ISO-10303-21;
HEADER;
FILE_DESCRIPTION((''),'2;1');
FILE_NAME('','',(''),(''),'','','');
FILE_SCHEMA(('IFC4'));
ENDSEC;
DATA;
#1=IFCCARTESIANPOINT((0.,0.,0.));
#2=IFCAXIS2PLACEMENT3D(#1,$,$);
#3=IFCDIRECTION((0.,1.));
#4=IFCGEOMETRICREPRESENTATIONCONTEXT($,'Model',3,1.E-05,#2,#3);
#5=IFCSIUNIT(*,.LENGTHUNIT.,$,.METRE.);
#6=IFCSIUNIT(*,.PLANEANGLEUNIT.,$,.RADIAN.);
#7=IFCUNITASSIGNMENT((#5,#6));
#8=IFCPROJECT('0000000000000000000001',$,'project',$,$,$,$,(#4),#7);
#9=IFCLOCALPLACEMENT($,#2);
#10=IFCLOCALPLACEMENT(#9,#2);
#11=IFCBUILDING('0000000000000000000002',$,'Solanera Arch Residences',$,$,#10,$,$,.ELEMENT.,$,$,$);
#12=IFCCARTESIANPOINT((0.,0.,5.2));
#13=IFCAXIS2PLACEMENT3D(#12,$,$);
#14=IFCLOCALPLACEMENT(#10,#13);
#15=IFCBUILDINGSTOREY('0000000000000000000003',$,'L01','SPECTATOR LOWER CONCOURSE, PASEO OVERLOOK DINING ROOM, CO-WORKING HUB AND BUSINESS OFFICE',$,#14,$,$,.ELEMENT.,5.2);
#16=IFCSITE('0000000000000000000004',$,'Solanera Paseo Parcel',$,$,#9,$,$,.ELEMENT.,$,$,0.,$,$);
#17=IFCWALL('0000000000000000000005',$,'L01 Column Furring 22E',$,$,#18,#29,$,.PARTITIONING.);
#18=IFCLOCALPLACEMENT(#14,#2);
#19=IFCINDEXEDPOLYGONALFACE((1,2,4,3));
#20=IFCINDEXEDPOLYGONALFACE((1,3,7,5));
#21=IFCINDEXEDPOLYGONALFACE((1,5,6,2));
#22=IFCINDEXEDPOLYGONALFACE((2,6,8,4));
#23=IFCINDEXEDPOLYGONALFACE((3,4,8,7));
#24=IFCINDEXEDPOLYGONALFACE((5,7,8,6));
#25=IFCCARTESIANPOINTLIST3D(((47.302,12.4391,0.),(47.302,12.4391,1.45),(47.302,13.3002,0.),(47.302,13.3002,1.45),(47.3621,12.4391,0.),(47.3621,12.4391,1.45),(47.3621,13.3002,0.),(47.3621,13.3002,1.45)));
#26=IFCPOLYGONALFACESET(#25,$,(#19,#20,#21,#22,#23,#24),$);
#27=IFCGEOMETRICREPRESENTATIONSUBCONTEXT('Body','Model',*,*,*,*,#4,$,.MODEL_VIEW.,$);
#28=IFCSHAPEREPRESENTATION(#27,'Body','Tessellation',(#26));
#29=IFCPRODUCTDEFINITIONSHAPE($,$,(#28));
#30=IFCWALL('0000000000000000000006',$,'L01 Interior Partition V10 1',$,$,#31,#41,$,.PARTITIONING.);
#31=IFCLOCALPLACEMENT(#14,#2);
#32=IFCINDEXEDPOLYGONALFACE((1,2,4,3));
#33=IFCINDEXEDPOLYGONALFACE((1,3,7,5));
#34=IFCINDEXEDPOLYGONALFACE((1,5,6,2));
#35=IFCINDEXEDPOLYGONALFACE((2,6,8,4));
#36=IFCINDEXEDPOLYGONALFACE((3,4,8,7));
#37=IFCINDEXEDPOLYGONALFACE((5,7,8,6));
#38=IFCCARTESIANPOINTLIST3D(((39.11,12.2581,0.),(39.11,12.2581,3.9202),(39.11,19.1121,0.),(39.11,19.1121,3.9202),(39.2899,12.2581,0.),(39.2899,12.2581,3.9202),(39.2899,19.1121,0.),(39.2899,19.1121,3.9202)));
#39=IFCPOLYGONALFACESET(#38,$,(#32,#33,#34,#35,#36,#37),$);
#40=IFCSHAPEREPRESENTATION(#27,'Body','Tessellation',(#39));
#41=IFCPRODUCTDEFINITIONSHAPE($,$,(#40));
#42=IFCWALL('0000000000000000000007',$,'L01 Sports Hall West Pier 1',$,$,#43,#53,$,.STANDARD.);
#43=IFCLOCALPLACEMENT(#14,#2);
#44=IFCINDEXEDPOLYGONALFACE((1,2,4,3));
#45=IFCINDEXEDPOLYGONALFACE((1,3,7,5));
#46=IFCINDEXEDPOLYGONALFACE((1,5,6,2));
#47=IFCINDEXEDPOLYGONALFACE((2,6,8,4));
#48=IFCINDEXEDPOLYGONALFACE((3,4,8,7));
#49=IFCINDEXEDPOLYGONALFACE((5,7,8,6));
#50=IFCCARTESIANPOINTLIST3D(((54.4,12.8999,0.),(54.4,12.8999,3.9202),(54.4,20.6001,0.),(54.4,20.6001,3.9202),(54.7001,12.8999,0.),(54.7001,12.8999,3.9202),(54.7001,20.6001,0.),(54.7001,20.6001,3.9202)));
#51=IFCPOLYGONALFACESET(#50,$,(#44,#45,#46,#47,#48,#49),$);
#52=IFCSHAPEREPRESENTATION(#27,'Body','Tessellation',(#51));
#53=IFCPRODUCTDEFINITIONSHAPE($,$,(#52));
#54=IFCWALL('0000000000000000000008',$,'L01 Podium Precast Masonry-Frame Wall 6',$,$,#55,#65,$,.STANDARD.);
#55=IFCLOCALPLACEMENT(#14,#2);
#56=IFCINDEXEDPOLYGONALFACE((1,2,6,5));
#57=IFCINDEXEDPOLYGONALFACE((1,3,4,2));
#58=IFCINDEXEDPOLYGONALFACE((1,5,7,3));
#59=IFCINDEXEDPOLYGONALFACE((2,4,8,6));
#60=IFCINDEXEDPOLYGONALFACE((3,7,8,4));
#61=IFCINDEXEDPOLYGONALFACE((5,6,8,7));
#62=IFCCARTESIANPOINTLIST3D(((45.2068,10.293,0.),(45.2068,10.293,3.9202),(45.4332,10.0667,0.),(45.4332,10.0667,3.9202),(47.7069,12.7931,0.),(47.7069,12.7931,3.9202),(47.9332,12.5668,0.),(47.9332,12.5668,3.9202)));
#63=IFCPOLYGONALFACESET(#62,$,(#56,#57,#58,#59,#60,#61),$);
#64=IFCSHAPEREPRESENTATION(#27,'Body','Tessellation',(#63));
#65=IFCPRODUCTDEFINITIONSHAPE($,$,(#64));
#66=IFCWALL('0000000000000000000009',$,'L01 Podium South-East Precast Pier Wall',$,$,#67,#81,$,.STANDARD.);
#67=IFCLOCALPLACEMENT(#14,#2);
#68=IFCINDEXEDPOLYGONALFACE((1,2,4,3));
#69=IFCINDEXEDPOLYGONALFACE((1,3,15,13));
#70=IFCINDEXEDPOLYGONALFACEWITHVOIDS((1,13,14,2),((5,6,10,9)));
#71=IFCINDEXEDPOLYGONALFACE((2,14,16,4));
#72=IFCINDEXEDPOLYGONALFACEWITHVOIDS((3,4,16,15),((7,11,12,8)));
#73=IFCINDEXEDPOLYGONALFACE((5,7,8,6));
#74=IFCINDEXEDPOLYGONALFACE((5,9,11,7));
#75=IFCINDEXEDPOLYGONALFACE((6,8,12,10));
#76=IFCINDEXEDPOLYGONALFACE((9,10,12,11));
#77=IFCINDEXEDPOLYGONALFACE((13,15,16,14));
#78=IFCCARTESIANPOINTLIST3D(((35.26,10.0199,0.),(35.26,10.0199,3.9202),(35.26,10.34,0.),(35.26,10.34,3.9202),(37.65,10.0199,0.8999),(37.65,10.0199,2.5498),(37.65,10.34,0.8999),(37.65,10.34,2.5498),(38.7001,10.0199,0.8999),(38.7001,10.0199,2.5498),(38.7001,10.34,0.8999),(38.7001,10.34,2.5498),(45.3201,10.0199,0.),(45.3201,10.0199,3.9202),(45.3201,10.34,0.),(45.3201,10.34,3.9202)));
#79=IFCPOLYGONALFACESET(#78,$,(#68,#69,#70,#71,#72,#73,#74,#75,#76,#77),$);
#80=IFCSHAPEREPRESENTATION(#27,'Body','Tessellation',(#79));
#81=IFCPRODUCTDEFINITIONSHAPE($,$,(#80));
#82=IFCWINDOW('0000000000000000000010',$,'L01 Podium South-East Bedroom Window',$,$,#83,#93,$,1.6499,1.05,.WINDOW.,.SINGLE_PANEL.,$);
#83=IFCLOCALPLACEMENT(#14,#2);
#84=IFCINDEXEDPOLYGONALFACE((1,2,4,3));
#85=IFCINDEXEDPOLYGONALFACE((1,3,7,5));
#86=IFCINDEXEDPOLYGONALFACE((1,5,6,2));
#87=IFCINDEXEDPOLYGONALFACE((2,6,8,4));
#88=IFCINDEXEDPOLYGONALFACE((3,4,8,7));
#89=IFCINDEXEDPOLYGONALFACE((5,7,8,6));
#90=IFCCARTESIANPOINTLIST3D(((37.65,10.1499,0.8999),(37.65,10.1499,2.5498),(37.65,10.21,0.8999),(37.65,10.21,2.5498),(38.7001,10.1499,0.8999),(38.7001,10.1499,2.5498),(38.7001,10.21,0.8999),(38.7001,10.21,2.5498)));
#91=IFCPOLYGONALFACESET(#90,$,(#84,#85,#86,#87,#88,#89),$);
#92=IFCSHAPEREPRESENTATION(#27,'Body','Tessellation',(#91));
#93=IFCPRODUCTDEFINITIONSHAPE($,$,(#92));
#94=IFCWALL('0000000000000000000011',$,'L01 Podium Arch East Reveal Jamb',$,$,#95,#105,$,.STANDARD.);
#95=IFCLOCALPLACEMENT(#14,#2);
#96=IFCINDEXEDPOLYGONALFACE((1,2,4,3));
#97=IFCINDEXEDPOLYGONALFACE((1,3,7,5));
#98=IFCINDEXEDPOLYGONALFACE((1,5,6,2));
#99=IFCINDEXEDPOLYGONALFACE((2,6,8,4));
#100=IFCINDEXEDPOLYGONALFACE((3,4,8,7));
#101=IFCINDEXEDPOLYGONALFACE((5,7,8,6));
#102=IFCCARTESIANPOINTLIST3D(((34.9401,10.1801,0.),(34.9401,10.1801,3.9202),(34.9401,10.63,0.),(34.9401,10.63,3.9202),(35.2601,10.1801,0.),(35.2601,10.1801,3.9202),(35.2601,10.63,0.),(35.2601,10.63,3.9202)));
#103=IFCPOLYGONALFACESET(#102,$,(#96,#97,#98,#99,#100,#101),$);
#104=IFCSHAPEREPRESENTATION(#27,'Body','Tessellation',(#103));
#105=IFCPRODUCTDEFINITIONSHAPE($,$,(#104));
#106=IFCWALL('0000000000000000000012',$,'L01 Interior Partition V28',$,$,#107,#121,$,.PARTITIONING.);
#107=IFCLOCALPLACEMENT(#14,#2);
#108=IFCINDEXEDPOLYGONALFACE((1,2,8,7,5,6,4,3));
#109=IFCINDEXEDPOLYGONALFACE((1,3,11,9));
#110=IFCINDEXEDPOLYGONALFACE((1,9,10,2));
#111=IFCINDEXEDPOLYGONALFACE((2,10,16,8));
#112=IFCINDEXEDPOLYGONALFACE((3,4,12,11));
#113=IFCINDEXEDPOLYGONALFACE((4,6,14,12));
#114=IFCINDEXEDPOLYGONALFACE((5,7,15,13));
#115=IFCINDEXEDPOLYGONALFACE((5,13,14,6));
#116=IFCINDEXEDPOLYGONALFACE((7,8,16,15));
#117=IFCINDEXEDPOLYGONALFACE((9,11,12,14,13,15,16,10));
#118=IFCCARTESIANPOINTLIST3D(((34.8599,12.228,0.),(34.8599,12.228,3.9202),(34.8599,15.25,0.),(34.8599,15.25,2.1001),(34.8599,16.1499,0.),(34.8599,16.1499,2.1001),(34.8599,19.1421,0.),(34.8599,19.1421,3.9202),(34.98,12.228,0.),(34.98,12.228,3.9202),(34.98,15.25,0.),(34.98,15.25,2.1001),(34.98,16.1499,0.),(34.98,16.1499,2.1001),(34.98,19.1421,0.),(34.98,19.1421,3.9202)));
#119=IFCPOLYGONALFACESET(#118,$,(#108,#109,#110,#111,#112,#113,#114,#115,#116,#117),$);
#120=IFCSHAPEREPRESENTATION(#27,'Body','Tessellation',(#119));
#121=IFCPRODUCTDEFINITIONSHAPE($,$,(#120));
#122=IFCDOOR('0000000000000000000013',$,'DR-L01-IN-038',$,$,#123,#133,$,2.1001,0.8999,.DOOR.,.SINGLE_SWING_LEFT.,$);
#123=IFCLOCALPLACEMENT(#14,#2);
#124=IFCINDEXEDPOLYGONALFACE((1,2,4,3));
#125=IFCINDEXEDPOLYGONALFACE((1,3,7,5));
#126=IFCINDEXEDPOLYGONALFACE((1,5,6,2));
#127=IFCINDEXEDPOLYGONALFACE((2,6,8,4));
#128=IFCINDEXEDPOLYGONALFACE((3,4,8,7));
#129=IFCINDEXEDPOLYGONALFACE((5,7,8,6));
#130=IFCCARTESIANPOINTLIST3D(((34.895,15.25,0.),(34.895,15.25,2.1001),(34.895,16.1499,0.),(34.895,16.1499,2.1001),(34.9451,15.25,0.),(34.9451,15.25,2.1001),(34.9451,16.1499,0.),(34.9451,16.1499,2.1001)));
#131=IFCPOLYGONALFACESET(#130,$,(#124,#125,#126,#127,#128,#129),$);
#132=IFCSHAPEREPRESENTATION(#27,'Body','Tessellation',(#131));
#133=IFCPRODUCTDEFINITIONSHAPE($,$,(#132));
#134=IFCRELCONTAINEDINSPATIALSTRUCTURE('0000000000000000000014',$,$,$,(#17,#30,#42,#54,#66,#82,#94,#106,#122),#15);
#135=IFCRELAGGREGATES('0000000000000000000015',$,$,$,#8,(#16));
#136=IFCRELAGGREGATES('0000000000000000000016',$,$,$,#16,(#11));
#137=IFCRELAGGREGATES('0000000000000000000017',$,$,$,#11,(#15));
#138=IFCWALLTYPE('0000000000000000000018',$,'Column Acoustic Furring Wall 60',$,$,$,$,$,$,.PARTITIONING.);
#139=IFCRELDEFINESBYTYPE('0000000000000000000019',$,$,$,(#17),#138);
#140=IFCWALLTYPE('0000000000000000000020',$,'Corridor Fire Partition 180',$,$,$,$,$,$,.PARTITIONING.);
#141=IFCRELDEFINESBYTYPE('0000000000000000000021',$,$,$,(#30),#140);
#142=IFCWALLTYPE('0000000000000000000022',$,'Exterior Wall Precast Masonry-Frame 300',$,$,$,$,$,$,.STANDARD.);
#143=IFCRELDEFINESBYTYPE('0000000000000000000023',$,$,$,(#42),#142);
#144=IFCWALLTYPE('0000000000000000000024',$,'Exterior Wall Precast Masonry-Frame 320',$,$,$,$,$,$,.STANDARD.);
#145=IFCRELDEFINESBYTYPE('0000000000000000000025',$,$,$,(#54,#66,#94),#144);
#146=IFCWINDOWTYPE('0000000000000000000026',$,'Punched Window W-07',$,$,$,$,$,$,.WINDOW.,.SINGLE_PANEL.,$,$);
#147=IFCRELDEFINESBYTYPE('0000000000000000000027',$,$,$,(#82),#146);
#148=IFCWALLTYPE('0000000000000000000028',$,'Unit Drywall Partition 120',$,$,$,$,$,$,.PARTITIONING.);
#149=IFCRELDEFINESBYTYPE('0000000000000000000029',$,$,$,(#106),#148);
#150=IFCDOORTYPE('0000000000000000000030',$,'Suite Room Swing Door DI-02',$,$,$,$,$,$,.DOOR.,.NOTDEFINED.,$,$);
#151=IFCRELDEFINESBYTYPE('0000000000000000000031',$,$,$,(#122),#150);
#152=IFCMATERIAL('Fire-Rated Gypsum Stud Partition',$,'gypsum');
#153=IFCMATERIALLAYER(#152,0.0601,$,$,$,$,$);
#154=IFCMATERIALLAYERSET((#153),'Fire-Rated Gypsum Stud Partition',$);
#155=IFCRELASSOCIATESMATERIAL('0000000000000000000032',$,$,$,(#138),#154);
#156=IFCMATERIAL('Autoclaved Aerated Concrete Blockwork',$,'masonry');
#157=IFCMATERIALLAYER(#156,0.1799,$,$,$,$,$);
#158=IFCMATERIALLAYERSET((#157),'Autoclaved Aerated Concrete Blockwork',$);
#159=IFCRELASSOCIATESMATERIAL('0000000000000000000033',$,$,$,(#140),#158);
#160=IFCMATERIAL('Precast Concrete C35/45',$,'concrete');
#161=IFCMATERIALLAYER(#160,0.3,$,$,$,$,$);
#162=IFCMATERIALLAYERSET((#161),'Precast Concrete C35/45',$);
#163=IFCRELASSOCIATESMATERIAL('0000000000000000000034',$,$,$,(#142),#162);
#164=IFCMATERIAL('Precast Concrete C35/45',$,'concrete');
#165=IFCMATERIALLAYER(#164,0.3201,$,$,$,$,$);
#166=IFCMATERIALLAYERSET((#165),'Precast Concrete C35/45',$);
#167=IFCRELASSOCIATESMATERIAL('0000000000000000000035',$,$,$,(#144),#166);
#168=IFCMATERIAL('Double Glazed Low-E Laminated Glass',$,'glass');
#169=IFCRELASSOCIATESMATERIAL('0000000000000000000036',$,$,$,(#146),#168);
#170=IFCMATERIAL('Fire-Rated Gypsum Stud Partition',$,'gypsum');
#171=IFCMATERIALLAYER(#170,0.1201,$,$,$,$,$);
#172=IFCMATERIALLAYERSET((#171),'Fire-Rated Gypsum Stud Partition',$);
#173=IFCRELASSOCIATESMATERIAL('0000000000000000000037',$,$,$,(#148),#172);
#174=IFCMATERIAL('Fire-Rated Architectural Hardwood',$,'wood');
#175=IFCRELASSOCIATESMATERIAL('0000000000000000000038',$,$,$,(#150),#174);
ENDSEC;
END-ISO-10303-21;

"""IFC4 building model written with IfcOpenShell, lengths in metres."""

from ifc_helpers import new_model, si_unit, direction, frame, frame_2d, origin, place, context, subcontext, project, spatial, rectangle, extrude, material, layer, layer_set, type_object, element, fill, save


model = new_model("IFC4")

# Units and contexts
model_context = context("Model", 3, precision=1e-05, world=origin(), true_north=direction((0.0, 1.0)))
body_context = subcontext(model_context, "Body", "Model", "MODEL_VIEW")
ifc_project = project(units=[si_unit("LENGTHUNIT", "METRE"), si_unit("PLANEANGLEUNIT", "RADIAN")], contexts=[model_context])

# Site, building, storey
site_placement = place(None, origin())
site = spatial("IfcSite", under=ifc_project, at=site_placement, Name="Solanera Paseo Parcel", CompositionType="ELEMENT", RefElevation=0.0)
building_placement = place(site_placement, origin())
building = spatial("IfcBuilding", under=site, at=building_placement, Name="Solanera Arch Residences", CompositionType="ELEMENT")
storey_placement = place(building_placement, frame((0.0, 0.0, 5.2)))
storey = spatial("IfcBuildingStorey", under=building, at=storey_placement, Name="L01", Description="SPECTATOR LOWER CONCOURSE, PASEO OVERLOOK DINING ROOM, CO-WORKING HUB AND BUSINESS OFFICE", CompositionType="ELEMENT", Elevation=5.2)

# Walls
ifc_material_1 = material(Name="Fire-Rated Gypsum Stud Partition", Category="gypsum")
ifc_layer_1 = layer(ifc_material_1, 0.0601)
ifc_layer_set_1 = layer_set([ifc_layer_1], Name="Fire-Rated Gypsum Stud Partition")
wall_type_1 = type_object("IfcWallType", Name="Column Acoustic Furring Wall 60", PredefinedType="PARTITIONING", material=ifc_layer_set_1)
wall_1_placement = place(storey_placement, frame((47.332, 12.439, 0.0), z_axis=(0.0, 0.0, 1.0), x_axis=(0.0, 1.0, 0.0)))
element("IfcWall", 1, at=wall_1_placement, inside=storey, type_object=wall_type_1, Name="L01 Column Furring 22E", PredefinedType="PARTITIONING", context=body_context, shape_type="SweptSolid", body=[
    extrude(rectangle(XDim=0.8611, YDim=0.0601, at=frame_2d((0.4307, 0.0))), origin(), (0.0, 0.0, 1.0), 1.45),
])
ifc_material_2 = material(Name="Autoclaved Aerated Concrete Blockwork", Category="masonry")
ifc_layer_2 = layer(ifc_material_2, 0.1799)
ifc_layer_set_2 = layer_set([ifc_layer_2], Name="Autoclaved Aerated Concrete Blockwork")
wall_type_2 = type_object("IfcWallType", Name="Corridor Fire Partition 180", PredefinedType="PARTITIONING", material=ifc_layer_set_2)
wall_2_placement = place(storey_placement, frame((39.2, 12.2581, 0.0), z_axis=(0.0, 0.0, 1.0), x_axis=(0.0, 1.0, 0.0)))
element("IfcWall", 2, at=wall_2_placement, inside=storey, type_object=wall_type_2, Name="L01 Interior Partition V10 1", PredefinedType="PARTITIONING", context=body_context, shape_type="SweptSolid", body=[
    extrude(rectangle(XDim=6.854, YDim=0.1799, at=frame_2d((3.427, 0.0))), origin(), (0.0, 0.0, 1.0), 3.9202),
])
ifc_material_3 = material(Name="Precast Concrete C35/45", Category="concrete")
ifc_layer_3 = layer(ifc_material_3, 0.3)
ifc_layer_set_3 = layer_set([ifc_layer_3], Name="Precast Concrete C35/45")
wall_type_3 = type_object("IfcWallType", Name="Exterior Wall Precast Masonry-Frame 300", PredefinedType="STANDARD", material=ifc_layer_set_3)
wall_3_placement = place(storey_placement, frame((54.55, 12.8999, 0.0), z_axis=(0.0, 0.0, 1.0), x_axis=(0.0, 1.0, 0.0)))
element("IfcWall", 3, at=wall_3_placement, inside=storey, type_object=wall_type_3, Name="L01 Sports Hall West Pier 1", PredefinedType="STANDARD", context=body_context, shape_type="SweptSolid", body=[
    extrude(rectangle(XDim=7.7002, YDim=0.3, at=frame_2d((3.8501, 0.0))), origin(), (0.0, 0.0, 1.0), 3.9202),
])
ifc_material_4 = material(Name="Precast Concrete C35/45", Category="concrete")
ifc_layer_4 = layer(ifc_material_4, 0.3201)
ifc_layer_set_4 = layer_set([ifc_layer_4], Name="Precast Concrete C35/45")
wall_type_4 = type_object("IfcWallType", Name="Exterior Wall Precast Masonry-Frame 320", PredefinedType="STANDARD", material=ifc_layer_set_4)
wall_4_placement = place(storey_placement, frame((47.8201, 12.6799, 0.0), z_axis=(0.0, 0.0, 1.0), x_axis=(-0.707107, -0.707107, 0.0)))
element("IfcWall", 4, at=wall_4_placement, inside=storey, type_object=wall_type_4, Name="L01 Podium Precast Masonry-Frame Wall 6", PredefinedType="STANDARD", context=body_context, shape_type="SweptSolid", body=[
    extrude(rectangle(XDim=3.5356, YDim=0.3201, at=frame_2d((1.7678, 0.0))), origin(), (0.0, 0.0, 1.0), 3.9202),
])

# Wall, opening, window
wall_5_placement = place(storey_placement, frame((45.3201, 10.1799, 0.0), z_axis=(0.0, 0.0, 1.0), x_axis=(-1.0, 0.0, 0.0)))
wall_5 = element("IfcWall", 5, at=wall_5_placement, inside=storey, type_object=wall_type_4, Name="L01 Podium South-East Precast Pier Wall", PredefinedType="STANDARD", context=body_context, shape_type="SweptSolid", body=[
    extrude(rectangle(XDim=10.0601, YDim=0.3201, at=frame_2d((5.03, 0.0))), origin(), (0.0, 0.0, 1.0), 3.9202),
])
opening_1_placement = place(wall_5_placement, frame((6.6201, 0.0, 0.8999)))
opening_1 = element("IfcOpeningElement", 6, at=opening_1_placement, cuts=wall_5, PredefinedType="OPENING", context=body_context, shape_type="SweptSolid", body=[
    extrude(rectangle(XDim=1.05, YDim=1.6499, at=frame_2d((0.5249, 0.825))), frame((0.0, 0.1699, 0.0), z_axis=(0.0, -1.0, 0.0), x_axis=(1.0, 0.0, 0.0)), (0.0, 0.0, 1.0), 0.3401),
])
ifc_material_5 = material(Name="Double Glazed Low-E Laminated Glass", Category="glass")
window_type = type_object("IfcWindowType", Name="Punched Window W-07", PartitioningType="SINGLE_PANEL", PredefinedType="WINDOW", material=ifc_material_5)
window_placement = place(opening_1_placement, origin())
window = element("IfcWindow", 7, at=window_placement, inside=storey, type_object=window_type, Name="L01 Podium South-East Bedroom Window", OverallHeight=1.6499, OverallWidth=1.05, PartitioningType="SINGLE_PANEL", PredefinedType="WINDOW", context=body_context, shape_type="SweptSolid", body=[
    extrude(rectangle(XDim=1.05, YDim=1.6499, at=frame_2d((0.5249, 0.825))), frame((0.0, 0.03, 0.0), z_axis=(0.0, -1.0, 0.0), x_axis=(1.0, 0.0, 0.0)), (0.0, 0.0, 1.0), 0.0601),
])
fill(opening_1, window)

# Wall
wall_6_placement = place(storey_placement, frame((35.1001, 10.1799, 0.0), z_axis=(0.0, 0.0, 1.0), x_axis=(0.0, 1.0, 0.0)))
element("IfcWall", 8, at=wall_6_placement, inside=storey, type_object=wall_type_4, Name="L01 Podium Arch East Reveal Jamb", PredefinedType="STANDARD", context=body_context, shape_type="SweptSolid", body=[
    extrude(rectangle(XDim=0.45, YDim=0.3201, at=frame_2d((0.2251, 0.0))), origin(), (0.0, 0.0, 1.0), 3.9202),
])

# Wall, opening, door
ifc_material_6 = material(Name="Fire-Rated Gypsum Stud Partition", Category="gypsum")
ifc_layer_5 = layer(ifc_material_6, 0.1201)
ifc_layer_set_5 = layer_set([ifc_layer_5], Name="Fire-Rated Gypsum Stud Partition")
wall_type_5 = type_object("IfcWallType", Name="Unit Drywall Partition 120", PredefinedType="PARTITIONING", material=ifc_layer_set_5)
wall_7_placement = place(storey_placement, frame((34.9199, 12.228, 0.0), z_axis=(0.0, 0.0, 1.0), x_axis=(0.0, 1.0, 0.0)))
wall_7 = element("IfcWall", 9, at=wall_7_placement, inside=storey, type_object=wall_type_5, Name="L01 Interior Partition V28", PredefinedType="PARTITIONING", context=body_context, shape_type="SweptSolid", body=[
    extrude(rectangle(XDim=6.9141, YDim=0.1201, at=frame_2d((3.457, 0.0))), origin(), (0.0, 0.0, 1.0), 3.9202),
])
opening_2_placement = place(wall_7_placement, frame((3.022, 0.0, 0.0)))
opening_2 = element("IfcOpeningElement", 10, at=opening_2_placement, cuts=wall_7, PredefinedType="OPENING", context=body_context, shape_type="SweptSolid", body=[
    extrude(rectangle(XDim=0.8999, YDim=2.1001, at=frame_2d((0.45, 1.05))), frame((0.0, 0.0701, 0.0), z_axis=(0.0, -1.0, 0.0), x_axis=(1.0, 0.0, 0.0)), (0.0, 0.0, 1.0), 0.1401),
])
ifc_material_7 = material(Name="Fire-Rated Architectural Hardwood", Category="wood")
door_type = type_object("IfcDoorType", Name="Suite Room Swing Door DI-02", OperationType="NOTDEFINED", PredefinedType="DOOR", material=ifc_material_7)
door_placement = place(opening_2_placement, origin())
door = element("IfcDoor", 11, at=door_placement, inside=storey, type_object=door_type, Name="DR-L01-IN-038", OperationType="SINGLE_SWING_LEFT", OverallHeight=2.1001, OverallWidth=0.8999, PredefinedType="DOOR", context=body_context, shape_type="SweptSolid", body=[
    extrude(rectangle(XDim=0.8999, YDim=2.1001, at=frame_2d((0.45, 1.05))), frame((0.0, 0.0249, 0.0), z_axis=(0.0, -1.0, 0.0), x_axis=(1.0, 0.0, 0.0)), (0.0, 0.0, 1.0), 0.05),
])
fill(opening_2, door)

save(model, "model.ifc")
